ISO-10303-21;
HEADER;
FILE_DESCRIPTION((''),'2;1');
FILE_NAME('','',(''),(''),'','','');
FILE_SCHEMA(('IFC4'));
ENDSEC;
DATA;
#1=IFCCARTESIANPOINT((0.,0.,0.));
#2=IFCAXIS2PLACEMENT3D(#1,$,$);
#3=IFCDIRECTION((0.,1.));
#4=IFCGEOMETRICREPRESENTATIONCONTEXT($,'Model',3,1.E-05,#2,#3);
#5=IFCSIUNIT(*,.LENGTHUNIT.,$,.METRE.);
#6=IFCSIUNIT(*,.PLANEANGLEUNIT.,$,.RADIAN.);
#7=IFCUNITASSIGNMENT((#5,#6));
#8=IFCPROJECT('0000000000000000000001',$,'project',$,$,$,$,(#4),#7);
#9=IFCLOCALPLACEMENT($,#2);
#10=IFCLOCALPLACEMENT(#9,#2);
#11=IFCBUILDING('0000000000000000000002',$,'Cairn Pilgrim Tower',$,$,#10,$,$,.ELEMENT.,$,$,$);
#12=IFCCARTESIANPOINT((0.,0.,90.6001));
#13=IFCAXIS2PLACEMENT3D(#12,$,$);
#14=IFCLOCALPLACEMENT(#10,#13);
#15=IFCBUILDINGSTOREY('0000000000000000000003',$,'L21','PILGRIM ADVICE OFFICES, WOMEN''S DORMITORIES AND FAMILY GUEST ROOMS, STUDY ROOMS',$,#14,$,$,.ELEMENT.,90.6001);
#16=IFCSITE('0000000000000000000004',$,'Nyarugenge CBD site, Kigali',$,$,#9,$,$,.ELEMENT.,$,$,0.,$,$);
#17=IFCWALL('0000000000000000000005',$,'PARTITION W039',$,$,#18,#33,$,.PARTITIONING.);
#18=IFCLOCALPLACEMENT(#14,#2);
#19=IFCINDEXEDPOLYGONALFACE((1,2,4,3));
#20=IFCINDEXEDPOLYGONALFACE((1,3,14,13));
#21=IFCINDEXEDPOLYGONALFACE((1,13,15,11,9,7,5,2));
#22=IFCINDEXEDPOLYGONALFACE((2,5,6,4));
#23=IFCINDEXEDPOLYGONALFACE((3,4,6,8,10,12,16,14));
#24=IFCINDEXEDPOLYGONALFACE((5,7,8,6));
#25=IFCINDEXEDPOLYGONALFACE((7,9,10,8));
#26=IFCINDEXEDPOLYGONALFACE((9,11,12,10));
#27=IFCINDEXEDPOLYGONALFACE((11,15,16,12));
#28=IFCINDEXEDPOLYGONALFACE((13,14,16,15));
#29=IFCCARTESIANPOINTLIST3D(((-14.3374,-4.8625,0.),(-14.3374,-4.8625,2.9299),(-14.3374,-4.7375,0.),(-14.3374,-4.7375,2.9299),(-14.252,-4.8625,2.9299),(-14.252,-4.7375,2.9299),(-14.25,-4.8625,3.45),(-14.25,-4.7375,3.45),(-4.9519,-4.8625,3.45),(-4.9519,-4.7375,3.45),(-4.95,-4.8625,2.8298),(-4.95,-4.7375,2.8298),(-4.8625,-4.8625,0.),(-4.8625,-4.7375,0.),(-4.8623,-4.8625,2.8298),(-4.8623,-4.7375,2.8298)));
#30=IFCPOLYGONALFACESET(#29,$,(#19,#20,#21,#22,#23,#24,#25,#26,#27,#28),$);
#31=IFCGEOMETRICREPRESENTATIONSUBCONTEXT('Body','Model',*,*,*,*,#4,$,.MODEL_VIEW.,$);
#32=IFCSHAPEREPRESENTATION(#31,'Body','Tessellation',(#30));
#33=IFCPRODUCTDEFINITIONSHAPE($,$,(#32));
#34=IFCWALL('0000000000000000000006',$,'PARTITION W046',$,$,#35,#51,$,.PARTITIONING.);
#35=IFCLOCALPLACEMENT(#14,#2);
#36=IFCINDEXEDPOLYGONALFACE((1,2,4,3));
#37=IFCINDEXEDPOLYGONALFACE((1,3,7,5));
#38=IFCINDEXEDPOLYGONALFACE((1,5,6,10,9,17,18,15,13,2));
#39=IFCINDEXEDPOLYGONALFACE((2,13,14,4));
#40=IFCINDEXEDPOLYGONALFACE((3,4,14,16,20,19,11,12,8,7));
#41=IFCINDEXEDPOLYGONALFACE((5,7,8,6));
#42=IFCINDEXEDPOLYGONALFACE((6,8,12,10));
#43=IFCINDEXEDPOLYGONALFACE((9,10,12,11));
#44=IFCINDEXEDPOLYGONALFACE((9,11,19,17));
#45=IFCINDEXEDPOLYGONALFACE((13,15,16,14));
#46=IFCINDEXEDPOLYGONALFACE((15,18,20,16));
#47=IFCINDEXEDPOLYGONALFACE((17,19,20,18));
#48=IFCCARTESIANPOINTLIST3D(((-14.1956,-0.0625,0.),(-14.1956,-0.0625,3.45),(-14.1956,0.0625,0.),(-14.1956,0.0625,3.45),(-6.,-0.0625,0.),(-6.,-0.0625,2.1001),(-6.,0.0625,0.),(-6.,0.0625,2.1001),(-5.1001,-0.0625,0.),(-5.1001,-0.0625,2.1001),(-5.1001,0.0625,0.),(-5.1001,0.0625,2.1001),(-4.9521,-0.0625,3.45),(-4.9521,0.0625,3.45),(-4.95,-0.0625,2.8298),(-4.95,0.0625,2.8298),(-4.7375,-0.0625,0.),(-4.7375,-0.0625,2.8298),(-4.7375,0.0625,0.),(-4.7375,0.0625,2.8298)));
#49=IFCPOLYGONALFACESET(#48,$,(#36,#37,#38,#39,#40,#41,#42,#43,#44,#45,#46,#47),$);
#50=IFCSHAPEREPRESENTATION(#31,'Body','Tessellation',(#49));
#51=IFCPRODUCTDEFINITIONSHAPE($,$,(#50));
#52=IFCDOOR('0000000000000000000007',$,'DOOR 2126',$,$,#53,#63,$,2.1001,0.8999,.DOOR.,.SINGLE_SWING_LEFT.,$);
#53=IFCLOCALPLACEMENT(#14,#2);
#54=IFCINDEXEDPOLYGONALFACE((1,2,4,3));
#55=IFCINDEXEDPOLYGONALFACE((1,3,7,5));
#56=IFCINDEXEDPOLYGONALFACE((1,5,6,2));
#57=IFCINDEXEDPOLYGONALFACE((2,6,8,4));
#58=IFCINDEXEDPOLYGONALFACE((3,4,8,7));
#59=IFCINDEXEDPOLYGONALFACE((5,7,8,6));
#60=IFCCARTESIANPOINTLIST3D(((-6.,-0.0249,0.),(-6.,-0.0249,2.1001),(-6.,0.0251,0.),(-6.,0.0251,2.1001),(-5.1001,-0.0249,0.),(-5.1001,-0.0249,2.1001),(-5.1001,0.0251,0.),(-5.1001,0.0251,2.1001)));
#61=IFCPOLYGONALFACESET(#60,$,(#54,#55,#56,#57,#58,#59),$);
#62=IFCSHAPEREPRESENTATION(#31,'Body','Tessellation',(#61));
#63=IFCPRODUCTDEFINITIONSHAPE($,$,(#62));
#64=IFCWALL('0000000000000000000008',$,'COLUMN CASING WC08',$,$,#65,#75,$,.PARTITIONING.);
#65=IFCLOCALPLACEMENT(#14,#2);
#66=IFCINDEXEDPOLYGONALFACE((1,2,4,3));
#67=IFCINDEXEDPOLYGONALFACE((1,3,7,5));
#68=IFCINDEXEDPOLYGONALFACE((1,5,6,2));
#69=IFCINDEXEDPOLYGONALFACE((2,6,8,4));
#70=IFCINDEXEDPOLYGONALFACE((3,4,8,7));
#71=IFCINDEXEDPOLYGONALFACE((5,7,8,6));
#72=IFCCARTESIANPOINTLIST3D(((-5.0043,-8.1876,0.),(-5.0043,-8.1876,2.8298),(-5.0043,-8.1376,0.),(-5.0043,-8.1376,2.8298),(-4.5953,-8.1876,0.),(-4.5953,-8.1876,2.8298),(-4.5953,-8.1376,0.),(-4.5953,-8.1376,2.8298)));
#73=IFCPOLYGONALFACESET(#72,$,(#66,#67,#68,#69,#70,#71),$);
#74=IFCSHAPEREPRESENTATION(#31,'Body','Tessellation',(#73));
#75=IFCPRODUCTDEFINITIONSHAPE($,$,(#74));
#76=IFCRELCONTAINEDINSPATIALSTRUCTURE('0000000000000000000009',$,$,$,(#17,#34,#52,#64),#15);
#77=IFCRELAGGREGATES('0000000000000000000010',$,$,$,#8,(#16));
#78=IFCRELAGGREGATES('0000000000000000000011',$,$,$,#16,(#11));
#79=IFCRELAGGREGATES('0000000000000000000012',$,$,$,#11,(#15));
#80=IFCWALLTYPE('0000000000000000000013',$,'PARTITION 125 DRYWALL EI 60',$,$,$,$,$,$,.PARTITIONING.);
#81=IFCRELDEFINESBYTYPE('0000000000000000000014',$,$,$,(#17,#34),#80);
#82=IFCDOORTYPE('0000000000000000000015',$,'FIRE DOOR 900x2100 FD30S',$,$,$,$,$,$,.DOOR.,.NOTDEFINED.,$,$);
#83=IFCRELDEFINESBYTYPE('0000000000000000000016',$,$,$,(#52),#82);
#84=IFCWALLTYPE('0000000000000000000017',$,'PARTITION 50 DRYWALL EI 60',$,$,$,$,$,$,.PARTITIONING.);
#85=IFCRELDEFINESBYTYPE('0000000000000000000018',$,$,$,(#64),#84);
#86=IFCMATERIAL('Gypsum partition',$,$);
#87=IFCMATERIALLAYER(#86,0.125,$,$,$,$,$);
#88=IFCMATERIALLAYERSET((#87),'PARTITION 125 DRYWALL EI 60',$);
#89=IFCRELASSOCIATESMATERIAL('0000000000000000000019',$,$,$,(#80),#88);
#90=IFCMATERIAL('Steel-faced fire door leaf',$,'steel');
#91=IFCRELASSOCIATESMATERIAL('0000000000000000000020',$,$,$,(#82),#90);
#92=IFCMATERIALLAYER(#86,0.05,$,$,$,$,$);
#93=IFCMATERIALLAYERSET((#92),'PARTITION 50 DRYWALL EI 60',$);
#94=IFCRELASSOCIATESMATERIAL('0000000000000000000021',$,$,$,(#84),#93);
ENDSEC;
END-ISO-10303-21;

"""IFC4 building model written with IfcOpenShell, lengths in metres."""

from ifc_helpers import new_model, si_unit, direction, frame, frame_2d, origin, place, context, subcontext, project, spatial, polyline, rectangle, outline, extrude, material, layer, layer_set, type_object, element, fill, save


model = new_model("IFC4")

# Units and contexts
model_context = context("Model", 3, precision=1e-05, world=origin(), true_north=direction((0.0, 1.0)))
body_context = subcontext(model_context, "Body", "Model", "MODEL_VIEW")
ifc_project = project(units=[si_unit("LENGTHUNIT", "METRE"), si_unit("PLANEANGLEUNIT", "RADIAN")], contexts=[model_context])

# Site, building, storey
site_placement = place(None, origin())
site = spatial("IfcSite", under=ifc_project, at=site_placement, Name="Nyarugenge CBD site, Kigali", CompositionType="ELEMENT", RefElevation=0.0)
building_placement = place(site_placement, origin())
building = spatial("IfcBuilding", under=site, at=building_placement, Name="Cairn Pilgrim Tower", CompositionType="ELEMENT")
storey_placement = place(building_placement, frame((0.0, 0.0, 90.6001)))
storey = spatial("IfcBuildingStorey", under=building, at=storey_placement, Name="L21", Description="PILGRIM ADVICE OFFICES, WOMEN'S DORMITORIES AND FAMILY GUEST ROOMS, STUDY ROOMS", CompositionType="ELEMENT", Elevation=90.6001)

# Wall
ifc_material_1 = material(Name="Gypsum partition")
ifc_layer_1 = layer(ifc_material_1, 0.125)
ifc_layer_set_1 = layer_set([ifc_layer_1], Name="PARTITION 125 DRYWALL EI 60")
wall_type_1 = type_object("IfcWallType", Name="PARTITION 125 DRYWALL EI 60", PredefinedType="PARTITIONING", material=ifc_layer_set_1)
wall_1_placement = place(storey_placement, frame((-14.3374, -4.8, 0.0), z_axis=(0.0, 0.0, 1.0), x_axis=(1.0, 0.0, 0.0)))
element("IfcWall", 1, at=wall_1_placement, inside=storey, type_object=wall_type_1, Name="PARTITION W039", PredefinedType="PARTITIONING", context=body_context, shape_type="SweptSolid", body=[
    extrude(outline(polyline([(0.0, 0.0), (9.4749, 0.0), (9.4751, 2.8298), (9.3875, 2.8298), (9.3855, 3.45), (0.0874, 3.45), (0.0854, 2.9299), (0.0, 2.9299), (0.0, 0.0)])), frame((0.0, 0.0625, 0.0), z_axis=(0.0, -1.0, 0.0), x_axis=(1.0, 0.0, 0.0)), (0.0, 0.0, 1.0), 0.125),
])

# Wall, opening, door
wall_2_placement = place(storey_placement, frame((-14.1956, 0.0, 0.0), z_axis=(0.0, 0.0, 1.0), x_axis=(1.0, 0.0, 0.0)))
wall_2 = element("IfcWall", 2, at=wall_2_placement, inside=storey, type_object=wall_type_1, Name="PARTITION W046", PredefinedType="PARTITIONING", context=body_context, shape_type="SweptSolid", body=[
    extrude(outline(polyline([(0.0, 0.0), (9.458, 0.0), (9.458, 2.8298), (9.2456, 2.8298), (9.2434, 3.45), (0.0, 3.45), (0.0, 0.0)])), frame((0.0, 0.0625, 0.0), z_axis=(0.0, -1.0, 0.0), x_axis=(1.0, 0.0, 0.0)), (0.0, 0.0, 1.0), 0.125),
])
opening_placement = place(wall_2_placement, frame((8.1956, 0.0, 0.0)))
opening = element("IfcOpeningElement", 3, at=opening_placement, cuts=wall_2, PredefinedType="OPENING", context=body_context, shape_type="SweptSolid", body=[
    extrude(rectangle(XDim=0.8999, YDim=2.1001, at=frame_2d((0.45, 1.05))), frame((0.0, 0.0725, 0.0), z_axis=(0.0, -1.0, 0.0), x_axis=(1.0, 0.0, 0.0)), (0.0, 0.0, 1.0), 0.145),
])
ifc_material_2 = material(Name="Steel-faced fire door leaf", Category="steel")
door_type = type_object("IfcDoorType", Name="FIRE DOOR 900x2100 FD30S", OperationType="NOTDEFINED", PredefinedType="DOOR", material=ifc_material_2)
door_placement = place(opening_placement, frame((0.8999, 0.0, 0.0), z_axis=(0.0, 0.0, 1.0), x_axis=(-1.0, 0.0, 0.0)))
door = element("IfcDoor", 4, at=door_placement, inside=storey, type_object=door_type, Name="DOOR 2126", OperationType="SINGLE_SWING_LEFT", OverallHeight=2.1001, OverallWidth=0.8999, PredefinedType="DOOR", context=body_context, shape_type="SweptSolid", body=[
    extrude(rectangle(XDim=0.8999, YDim=2.1001, at=frame_2d((0.45, 1.05))), frame((0.0, 0.0249, 0.0), z_axis=(0.0, -1.0, 0.0), x_axis=(1.0, 0.0, 0.0)), (0.0, 0.0, 1.0), 0.05),
])
fill(opening, door)

# Wall
ifc_layer_2 = layer(ifc_material_1, 0.05)
ifc_layer_set_2 = layer_set([ifc_layer_2], Name="PARTITION 50 DRYWALL EI 60")
wall_type_2 = type_object("IfcWallType", Name="PARTITION 50 DRYWALL EI 60", PredefinedType="PARTITIONING", material=ifc_layer_set_2)
wall_3_placement = place(storey_placement, frame((-5.0044, -8.1626, 0.0), z_axis=(0.0, 0.0, 1.0), x_axis=(1.0, 0.0, 0.0)))
element("IfcWall", 5, at=wall_3_placement, inside=storey, type_object=wall_type_2, Name="COLUMN CASING WC08", PredefinedType="PARTITIONING", context=body_context, shape_type="SweptSolid", body=[
    extrude(rectangle(XDim=0.4089, YDim=0.05, at=frame_2d((0.2046, 0.0))), origin(), (0.0, 0.0, 1.0), 2.8298),
])

save(model, "model.ifc")
